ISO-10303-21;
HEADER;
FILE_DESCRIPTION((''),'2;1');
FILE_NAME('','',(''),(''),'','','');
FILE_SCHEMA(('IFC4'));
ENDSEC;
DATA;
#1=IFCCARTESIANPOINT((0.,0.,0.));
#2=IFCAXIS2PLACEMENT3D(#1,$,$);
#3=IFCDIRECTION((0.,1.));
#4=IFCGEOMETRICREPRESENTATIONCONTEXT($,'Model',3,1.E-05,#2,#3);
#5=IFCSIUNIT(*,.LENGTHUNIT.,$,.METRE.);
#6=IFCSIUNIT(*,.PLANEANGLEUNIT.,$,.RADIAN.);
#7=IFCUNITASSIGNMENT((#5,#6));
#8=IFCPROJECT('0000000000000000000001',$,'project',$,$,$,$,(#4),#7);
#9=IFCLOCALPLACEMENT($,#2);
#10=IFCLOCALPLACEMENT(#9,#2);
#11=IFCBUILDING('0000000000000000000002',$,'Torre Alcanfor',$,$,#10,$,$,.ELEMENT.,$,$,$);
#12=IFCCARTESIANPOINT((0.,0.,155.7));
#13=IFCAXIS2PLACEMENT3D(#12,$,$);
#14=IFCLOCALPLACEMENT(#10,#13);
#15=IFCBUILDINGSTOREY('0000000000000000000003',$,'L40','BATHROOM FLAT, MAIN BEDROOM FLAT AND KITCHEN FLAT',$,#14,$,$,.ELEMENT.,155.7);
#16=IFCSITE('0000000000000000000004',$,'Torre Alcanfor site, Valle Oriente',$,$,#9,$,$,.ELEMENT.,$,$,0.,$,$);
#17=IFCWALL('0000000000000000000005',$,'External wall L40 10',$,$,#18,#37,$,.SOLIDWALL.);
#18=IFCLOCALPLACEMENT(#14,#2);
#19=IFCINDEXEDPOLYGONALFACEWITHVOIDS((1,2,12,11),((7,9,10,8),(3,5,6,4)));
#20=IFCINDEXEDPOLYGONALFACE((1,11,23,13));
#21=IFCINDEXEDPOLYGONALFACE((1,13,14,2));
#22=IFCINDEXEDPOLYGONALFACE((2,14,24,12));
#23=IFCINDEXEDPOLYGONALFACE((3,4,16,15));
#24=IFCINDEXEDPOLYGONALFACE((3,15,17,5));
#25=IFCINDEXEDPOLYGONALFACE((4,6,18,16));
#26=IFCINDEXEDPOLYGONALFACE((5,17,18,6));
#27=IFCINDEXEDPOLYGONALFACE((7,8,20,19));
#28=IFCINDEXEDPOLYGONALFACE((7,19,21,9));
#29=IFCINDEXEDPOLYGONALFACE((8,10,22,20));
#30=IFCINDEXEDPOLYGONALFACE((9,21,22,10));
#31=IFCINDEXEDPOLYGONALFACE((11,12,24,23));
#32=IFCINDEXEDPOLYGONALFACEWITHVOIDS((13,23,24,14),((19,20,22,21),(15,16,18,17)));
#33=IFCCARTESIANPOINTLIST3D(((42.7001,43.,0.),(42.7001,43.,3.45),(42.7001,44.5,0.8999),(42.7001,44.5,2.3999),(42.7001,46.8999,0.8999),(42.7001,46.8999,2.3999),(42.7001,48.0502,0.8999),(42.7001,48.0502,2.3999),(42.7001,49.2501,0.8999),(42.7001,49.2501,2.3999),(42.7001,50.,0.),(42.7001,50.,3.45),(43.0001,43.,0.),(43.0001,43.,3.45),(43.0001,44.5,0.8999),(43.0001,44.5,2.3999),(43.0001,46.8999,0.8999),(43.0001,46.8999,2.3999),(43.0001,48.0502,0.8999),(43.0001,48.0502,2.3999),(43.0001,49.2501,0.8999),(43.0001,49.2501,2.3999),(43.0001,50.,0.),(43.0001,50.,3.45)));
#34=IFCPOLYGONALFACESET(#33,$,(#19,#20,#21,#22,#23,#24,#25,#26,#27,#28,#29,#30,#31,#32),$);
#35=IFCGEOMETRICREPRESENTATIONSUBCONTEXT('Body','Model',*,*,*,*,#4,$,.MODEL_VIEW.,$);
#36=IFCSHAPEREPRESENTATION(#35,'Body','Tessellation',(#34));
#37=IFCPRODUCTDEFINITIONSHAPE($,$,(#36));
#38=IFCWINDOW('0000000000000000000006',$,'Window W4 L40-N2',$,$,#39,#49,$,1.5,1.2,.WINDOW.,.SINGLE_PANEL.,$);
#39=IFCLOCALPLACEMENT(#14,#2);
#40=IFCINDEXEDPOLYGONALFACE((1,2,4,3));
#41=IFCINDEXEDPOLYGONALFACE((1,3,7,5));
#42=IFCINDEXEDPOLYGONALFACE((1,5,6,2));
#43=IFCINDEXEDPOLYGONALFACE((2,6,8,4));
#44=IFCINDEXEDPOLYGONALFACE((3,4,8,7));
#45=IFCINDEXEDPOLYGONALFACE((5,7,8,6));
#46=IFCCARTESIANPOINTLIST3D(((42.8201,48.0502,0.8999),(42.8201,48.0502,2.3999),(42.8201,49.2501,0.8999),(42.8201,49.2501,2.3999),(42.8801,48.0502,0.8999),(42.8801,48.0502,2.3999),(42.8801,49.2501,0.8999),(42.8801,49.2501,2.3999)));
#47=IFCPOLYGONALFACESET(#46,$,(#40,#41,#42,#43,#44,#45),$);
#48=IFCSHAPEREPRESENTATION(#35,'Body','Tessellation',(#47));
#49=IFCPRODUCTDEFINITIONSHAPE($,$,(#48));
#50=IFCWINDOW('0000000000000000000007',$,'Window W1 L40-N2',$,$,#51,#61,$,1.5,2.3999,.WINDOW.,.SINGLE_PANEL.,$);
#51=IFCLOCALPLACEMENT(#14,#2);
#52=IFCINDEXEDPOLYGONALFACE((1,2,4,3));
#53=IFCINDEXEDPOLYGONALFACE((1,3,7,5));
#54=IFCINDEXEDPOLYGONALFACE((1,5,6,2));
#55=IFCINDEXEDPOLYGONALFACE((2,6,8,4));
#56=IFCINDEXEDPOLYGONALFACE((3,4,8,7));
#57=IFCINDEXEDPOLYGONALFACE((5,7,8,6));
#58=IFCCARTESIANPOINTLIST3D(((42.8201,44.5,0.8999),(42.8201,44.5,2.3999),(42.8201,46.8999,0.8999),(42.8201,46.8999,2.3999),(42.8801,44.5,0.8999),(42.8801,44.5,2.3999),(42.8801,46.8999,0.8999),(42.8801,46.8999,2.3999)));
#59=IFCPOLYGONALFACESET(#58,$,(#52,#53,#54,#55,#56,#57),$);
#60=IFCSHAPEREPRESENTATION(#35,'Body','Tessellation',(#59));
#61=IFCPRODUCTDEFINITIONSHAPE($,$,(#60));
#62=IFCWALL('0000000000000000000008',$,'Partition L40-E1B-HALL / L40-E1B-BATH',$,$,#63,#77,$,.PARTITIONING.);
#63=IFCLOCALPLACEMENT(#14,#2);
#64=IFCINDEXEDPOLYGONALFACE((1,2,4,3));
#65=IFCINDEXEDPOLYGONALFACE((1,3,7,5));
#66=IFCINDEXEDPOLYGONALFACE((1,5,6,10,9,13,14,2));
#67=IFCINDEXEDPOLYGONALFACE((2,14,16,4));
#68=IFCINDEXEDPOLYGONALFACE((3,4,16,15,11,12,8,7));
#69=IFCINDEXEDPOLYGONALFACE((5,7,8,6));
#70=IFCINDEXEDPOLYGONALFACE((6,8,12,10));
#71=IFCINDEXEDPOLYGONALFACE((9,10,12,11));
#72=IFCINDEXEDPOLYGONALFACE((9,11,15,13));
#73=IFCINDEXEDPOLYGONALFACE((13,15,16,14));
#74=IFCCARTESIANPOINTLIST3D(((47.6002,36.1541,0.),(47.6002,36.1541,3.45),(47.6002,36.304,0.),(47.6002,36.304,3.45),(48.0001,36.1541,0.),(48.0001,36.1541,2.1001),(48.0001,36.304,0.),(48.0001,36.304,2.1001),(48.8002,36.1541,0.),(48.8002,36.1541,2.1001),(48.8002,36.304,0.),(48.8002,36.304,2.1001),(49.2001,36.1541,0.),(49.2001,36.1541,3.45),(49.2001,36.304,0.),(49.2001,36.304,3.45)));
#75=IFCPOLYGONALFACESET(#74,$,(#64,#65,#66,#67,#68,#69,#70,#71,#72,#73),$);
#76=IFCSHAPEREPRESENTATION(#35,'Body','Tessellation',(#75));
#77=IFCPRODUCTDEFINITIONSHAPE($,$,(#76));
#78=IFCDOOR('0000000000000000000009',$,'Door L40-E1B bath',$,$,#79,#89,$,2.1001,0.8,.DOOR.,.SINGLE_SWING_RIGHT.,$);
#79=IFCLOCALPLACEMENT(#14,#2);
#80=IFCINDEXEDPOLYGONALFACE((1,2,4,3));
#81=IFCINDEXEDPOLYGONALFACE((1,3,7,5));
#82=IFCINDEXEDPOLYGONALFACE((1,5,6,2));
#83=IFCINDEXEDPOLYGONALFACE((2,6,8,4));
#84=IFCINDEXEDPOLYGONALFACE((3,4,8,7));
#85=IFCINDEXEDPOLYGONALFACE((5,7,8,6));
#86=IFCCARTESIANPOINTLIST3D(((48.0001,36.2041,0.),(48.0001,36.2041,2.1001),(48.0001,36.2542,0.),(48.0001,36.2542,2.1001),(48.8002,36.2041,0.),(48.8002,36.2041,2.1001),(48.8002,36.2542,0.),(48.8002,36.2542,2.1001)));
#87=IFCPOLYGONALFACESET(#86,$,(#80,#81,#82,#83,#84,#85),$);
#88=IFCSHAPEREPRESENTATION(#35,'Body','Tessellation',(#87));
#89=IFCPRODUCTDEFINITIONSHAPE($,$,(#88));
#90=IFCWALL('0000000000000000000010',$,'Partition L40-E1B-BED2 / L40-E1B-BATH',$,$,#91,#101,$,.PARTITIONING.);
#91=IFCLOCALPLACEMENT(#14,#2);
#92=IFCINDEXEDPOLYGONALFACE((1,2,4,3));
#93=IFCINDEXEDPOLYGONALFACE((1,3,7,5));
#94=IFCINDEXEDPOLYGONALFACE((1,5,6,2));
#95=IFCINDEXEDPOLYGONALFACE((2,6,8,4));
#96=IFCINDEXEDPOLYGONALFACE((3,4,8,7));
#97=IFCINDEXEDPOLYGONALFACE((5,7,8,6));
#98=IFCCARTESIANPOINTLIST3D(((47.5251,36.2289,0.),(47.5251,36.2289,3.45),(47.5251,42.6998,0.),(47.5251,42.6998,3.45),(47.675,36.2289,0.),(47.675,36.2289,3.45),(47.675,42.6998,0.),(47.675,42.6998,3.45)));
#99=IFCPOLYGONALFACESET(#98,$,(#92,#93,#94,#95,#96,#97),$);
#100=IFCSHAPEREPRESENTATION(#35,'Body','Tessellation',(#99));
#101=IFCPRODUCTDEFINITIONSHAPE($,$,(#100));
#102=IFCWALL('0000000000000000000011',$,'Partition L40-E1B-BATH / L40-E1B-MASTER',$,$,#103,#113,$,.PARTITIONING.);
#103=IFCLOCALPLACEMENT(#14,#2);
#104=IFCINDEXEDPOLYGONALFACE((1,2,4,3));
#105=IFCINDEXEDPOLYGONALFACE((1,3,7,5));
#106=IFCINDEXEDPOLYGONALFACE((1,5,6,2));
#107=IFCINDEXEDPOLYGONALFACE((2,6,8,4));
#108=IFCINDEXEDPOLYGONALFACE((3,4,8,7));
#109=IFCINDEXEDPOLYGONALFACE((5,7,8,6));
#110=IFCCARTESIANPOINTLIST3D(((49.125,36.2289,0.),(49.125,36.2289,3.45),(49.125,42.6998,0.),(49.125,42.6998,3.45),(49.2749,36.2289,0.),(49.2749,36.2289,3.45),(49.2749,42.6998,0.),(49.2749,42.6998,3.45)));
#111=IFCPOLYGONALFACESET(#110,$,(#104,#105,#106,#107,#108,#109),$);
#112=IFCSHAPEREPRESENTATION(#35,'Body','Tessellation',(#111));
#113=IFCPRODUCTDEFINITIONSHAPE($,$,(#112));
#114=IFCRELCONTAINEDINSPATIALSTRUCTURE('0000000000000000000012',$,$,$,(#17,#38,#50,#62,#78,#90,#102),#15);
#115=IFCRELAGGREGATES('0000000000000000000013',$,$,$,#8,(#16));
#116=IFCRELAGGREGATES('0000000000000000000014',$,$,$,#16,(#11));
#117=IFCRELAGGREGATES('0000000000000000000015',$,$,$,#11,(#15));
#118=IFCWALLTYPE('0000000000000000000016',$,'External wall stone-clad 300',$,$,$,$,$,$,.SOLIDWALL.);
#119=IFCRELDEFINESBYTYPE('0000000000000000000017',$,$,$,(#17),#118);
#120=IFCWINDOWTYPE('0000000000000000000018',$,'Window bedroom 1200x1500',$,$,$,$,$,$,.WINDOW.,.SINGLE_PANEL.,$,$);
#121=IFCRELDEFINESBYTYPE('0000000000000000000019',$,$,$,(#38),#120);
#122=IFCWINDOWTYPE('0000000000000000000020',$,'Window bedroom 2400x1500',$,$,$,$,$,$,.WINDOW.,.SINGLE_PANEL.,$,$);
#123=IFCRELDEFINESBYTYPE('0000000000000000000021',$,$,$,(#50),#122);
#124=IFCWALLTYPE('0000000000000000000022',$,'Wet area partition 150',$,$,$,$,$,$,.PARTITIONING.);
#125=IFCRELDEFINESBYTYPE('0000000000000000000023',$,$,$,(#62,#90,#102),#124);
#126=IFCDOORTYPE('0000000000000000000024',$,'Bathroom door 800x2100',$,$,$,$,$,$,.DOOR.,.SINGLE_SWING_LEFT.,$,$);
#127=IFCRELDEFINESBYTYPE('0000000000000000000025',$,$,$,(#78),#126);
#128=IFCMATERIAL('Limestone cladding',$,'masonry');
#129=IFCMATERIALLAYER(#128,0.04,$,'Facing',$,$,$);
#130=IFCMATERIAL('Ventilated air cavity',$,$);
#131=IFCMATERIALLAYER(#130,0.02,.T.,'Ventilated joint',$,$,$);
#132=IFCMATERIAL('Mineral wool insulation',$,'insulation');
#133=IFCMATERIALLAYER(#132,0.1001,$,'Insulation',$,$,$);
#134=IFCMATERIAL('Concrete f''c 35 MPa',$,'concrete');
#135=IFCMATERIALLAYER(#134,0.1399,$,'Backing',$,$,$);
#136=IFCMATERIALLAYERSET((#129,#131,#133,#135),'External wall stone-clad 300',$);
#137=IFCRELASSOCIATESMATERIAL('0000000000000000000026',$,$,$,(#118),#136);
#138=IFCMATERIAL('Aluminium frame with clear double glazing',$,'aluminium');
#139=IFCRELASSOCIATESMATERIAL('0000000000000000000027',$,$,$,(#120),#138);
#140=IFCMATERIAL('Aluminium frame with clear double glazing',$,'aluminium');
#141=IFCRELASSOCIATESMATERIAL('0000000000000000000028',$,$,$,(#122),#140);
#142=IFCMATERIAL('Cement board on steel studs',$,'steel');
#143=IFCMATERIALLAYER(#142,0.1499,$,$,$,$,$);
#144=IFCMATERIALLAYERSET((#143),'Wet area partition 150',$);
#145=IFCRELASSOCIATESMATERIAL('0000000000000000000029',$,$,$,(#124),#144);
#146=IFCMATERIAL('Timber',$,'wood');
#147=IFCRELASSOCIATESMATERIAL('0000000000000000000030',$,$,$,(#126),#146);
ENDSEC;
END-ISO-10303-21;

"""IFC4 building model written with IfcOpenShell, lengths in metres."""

from ifc_helpers import new_model, si_unit, direction, frame, frame_2d, origin, place, context, subcontext, project, spatial, rectangle, extrude, material, layer, layer_set, type_object, element, fill, save


model = new_model("IFC4")

# Units and contexts
model_context = context("Model", 3, precision=1e-05, world=origin(), true_north=direction((0.0, 1.0)))
body_context = subcontext(model_context, "Body", "Model", "MODEL_VIEW")
ifc_project = project(units=[si_unit("LENGTHUNIT", "METRE"), si_unit("PLANEANGLEUNIT", "RADIAN")], contexts=[model_context])

# Site, building, storey
site_placement = place(None, origin())
site = spatial("IfcSite", under=ifc_project, at=site_placement, Name="Torre Alcanfor site, Valle Oriente", CompositionType="ELEMENT", RefElevation=0.0)
building_placement = place(site_placement, origin())
building = spatial("IfcBuilding", under=site, at=building_placement, Name="Torre Alcanfor", CompositionType="ELEMENT")
storey_placement = place(building_placement, frame((0.0, 0.0, 155.7)))
storey = spatial("IfcBuildingStorey", under=building, at=storey_placement, Name="L40", Description="BATHROOM FLAT, MAIN BEDROOM FLAT AND KITCHEN FLAT", CompositionType="ELEMENT", Elevation=155.7)

# Wall, openings, windows
ifc_material_1 = material(Name="Limestone cladding", Category="masonry")
ifc_layer_1 = layer(ifc_material_1, 0.04, Name="Facing")
ifc_material_2 = material(Name="Ventilated air cavity")
ifc_layer_2 = layer(ifc_material_2, 0.02, ventilated=True, Name="Ventilated joint")
ifc_material_3 = material(Name="Mineral wool insulation", Category="insulation")
ifc_layer_3 = layer(ifc_material_3, 0.1001, Name="Insulation")
ifc_material_4 = material(Name="Concrete f'c 35 MPa", Category="concrete")
ifc_layer_4 = layer(ifc_material_4, 0.1399, Name="Backing")
ifc_layer_set_1 = layer_set([ifc_layer_1, ifc_layer_2, ifc_layer_3, ifc_layer_4], Name="External wall stone-clad 300")
wall_type_1 = type_object("IfcWallType", Name="External wall stone-clad 300", PredefinedType="SOLIDWALL", material=ifc_layer_set_1)
wall_1_placement = place(storey_placement, frame((42.8501, 43.0, 0.0), z_axis=(0.0, 0.0, 1.0), x_axis=(0.0, 1.0, 0.0)))
wall_1 = element("IfcWall", 1, at=wall_1_placement, inside=storey, type_object=wall_type_1, Name="External wall L40 10", PredefinedType="SOLIDWALL", context=body_context, shape_type="SweptSolid", body=[
    extrude(rectangle(XDim=7.0, YDim=0.3, at=frame_2d((3.5, 0.0))), origin(), (0.0, 0.0, 1.0), 3.45),
])
opening_1_placement = place(wall_1_placement, frame((1.5, 0.0, 0.8999)))
opening_1 = element("IfcOpeningElement", 2, at=opening_1_placement, cuts=wall_1, PredefinedType="OPENING", context=body_context, shape_type="SweptSolid", body=[
    extrude(rectangle(XDim=2.3999, YDim=1.5, at=frame_2d((1.2, 0.75))), frame((0.0, 0.1599, 0.0), z_axis=(0.0, -1.0, 0.0), x_axis=(1.0, 0.0, 0.0)), (0.0, 0.0, 1.0), 0.3201),
])
opening_2_placement = place(wall_1_placement, frame((5.05, 0.0, 0.8999)))
opening_2 = element("IfcOpeningElement", 3, at=opening_2_placement, cuts=wall_1, PredefinedType="OPENING", context=body_context, shape_type="SweptSolid", body=[
    extrude(rectangle(XDim=1.2, YDim=1.5, at=frame_2d((0.6001, 0.75))), frame((0.0, 0.1599, 0.0), z_axis=(0.0, -1.0, 0.0), x_axis=(1.0, 0.0, 0.0)), (0.0, 0.0, 1.0), 0.3201),
])
ifc_material_5 = material(Name="Aluminium frame with clear double glazing", Category="aluminium")
window_type_1 = type_object("IfcWindowType", Name="Window bedroom 1200x1500", PartitioningType="SINGLE_PANEL", PredefinedType="WINDOW", material=ifc_material_5)
window_1_placement = place(opening_2_placement, origin())
window_1 = element("IfcWindow", 4, at=window_1_placement, inside=storey, type_object=window_type_1, Name="Window W4 L40-N2", OverallHeight=1.5, OverallWidth=1.2, PartitioningType="SINGLE_PANEL", PredefinedType="WINDOW", context=body_context, shape_type="SweptSolid", body=[
    extrude(rectangle(XDim=1.2, YDim=1.5, at=frame_2d((0.6001, 0.75))), frame((0.0, 0.03, 0.0), z_axis=(0.0, -1.0, 0.0), x_axis=(1.0, 0.0, 0.0)), (0.0, 0.0, 1.0), 0.0601),
])
fill(opening_2, window_1)
ifc_material_6 = material(Name="Aluminium frame with clear double glazing", Category="aluminium")
window_type_2 = type_object("IfcWindowType", Name="Window bedroom 2400x1500", PartitioningType="SINGLE_PANEL", PredefinedType="WINDOW", material=ifc_material_6)
window_2_placement = place(opening_1_placement, origin())
window_2 = element("IfcWindow", 5, at=window_2_placement, inside=storey, type_object=window_type_2, Name="Window W1 L40-N2", OverallHeight=1.5, OverallWidth=2.3999, PartitioningType="SINGLE_PANEL", PredefinedType="WINDOW", context=body_context, shape_type="SweptSolid", body=[
    extrude(rectangle(XDim=2.3999, YDim=1.5, at=frame_2d((1.2, 0.75))), frame((0.0, 0.03, 0.0), z_axis=(0.0, -1.0, 0.0), x_axis=(1.0, 0.0, 0.0)), (0.0, 0.0, 1.0), 0.0601),
])
fill(opening_1, window_2)

# Wall, opening, door
ifc_material_7 = material(Name="Cement board on steel studs", Category="steel")
ifc_layer_5 = layer(ifc_material_7, 0.1499)
ifc_layer_set_2 = layer_set([ifc_layer_5], Name="Wet area partition 150")
wall_type_2 = type_object("IfcWallType", Name="Wet area partition 150", PredefinedType="PARTITIONING", material=ifc_layer_set_2)
wall_2_placement = place(storey_placement, frame((49.2, 36.229, 0.0), z_axis=(0.0, 0.0, 1.0), x_axis=(-1.0, 0.0, 0.0)))
wall_2 = element("IfcWall", 6, at=wall_2_placement, inside=storey, type_object=wall_type_2, Name="Partition L40-E1B-HALL / L40-E1B-BATH", PredefinedType="PARTITIONING", context=body_context, shape_type="SweptSolid", body=[
    extrude(rectangle(XDim=1.5999, YDim=0.1499, at=frame_2d((0.7998, 0.0))), origin(), (0.0, 0.0, 1.0), 3.45),
])
opening_3_placement = place(wall_2_placement, frame((0.3999, 0.0, 0.0)))
opening_3 = element("IfcOpeningElement", 7, at=opening_3_placement, cuts=wall_2, PredefinedType="OPENING", context=body_context, shape_type="SweptSolid", body=[
    extrude(rectangle(XDim=0.8, YDim=2.1001, at=frame_2d((0.3999, 1.05))), frame((0.0, 0.085, 0.0), z_axis=(0.0, -1.0, 0.0), x_axis=(1.0, 0.0, 0.0)), (0.0, 0.0, 1.0), 0.1699),
])
ifc_material_8 = material(Name="Timber", Category="wood")
door_type_1 = type_object("IfcDoorType", Name="Bathroom door 800x2100", OperationType="SINGLE_SWING_LEFT", PredefinedType="DOOR", material=ifc_material_8)
door_1_placement = place(opening_3_placement, frame((0.8, 0.0, 0.0), z_axis=(0.0, 0.0, 1.0), x_axis=(-1.0, 0.0, 0.0)))
door_1 = element("IfcDoor", 8, at=door_1_placement, inside=storey, type_object=door_type_1, Name="Door L40-E1B bath", OperationType="SINGLE_SWING_RIGHT", OverallHeight=2.1001, OverallWidth=0.8, PredefinedType="DOOR", context=body_context, shape_type="SweptSolid", body=[
    extrude(rectangle(XDim=0.8, YDim=2.1001, at=frame_2d((0.4001, 1.05))), frame((0.0, 0.0251, 0.0), z_axis=(0.0, -1.0, 0.0), x_axis=(1.0, 0.0, 0.0)), (0.0, 0.0, 1.0), 0.05),
])
fill(opening_3, door_1)

# Walls
for number, where, z_axis, x_axis, name in (
    (9, (47.6001, 36.229, 0.0), (0.0, 0.0, 1.0), (0.0, 1.0, 0.0), "Partition L40-E1B-BED2 / L40-E1B-BATH"),
    (10, (49.2, 36.229, 0.0), (0.0, 0.0, 1.0), (0.0, 1.0, 0.0), "Partition L40-E1B-BATH / L40-E1B-MASTER"),
):
    element("IfcWall", number, at=place(storey_placement, frame(where, z_axis=z_axis, x_axis=x_axis)), inside=storey, type_object=wall_type_2, Name=name, PredefinedType="PARTITIONING", context=body_context, shape_type="SweptSolid", body=[
        extrude(rectangle(XDim=6.4709, YDim=0.1499, at=frame_2d((3.2354, 0.0))), origin(), (0.0, 0.0, 1.0), 3.45),
    ])

save(model, "model.ifc")
